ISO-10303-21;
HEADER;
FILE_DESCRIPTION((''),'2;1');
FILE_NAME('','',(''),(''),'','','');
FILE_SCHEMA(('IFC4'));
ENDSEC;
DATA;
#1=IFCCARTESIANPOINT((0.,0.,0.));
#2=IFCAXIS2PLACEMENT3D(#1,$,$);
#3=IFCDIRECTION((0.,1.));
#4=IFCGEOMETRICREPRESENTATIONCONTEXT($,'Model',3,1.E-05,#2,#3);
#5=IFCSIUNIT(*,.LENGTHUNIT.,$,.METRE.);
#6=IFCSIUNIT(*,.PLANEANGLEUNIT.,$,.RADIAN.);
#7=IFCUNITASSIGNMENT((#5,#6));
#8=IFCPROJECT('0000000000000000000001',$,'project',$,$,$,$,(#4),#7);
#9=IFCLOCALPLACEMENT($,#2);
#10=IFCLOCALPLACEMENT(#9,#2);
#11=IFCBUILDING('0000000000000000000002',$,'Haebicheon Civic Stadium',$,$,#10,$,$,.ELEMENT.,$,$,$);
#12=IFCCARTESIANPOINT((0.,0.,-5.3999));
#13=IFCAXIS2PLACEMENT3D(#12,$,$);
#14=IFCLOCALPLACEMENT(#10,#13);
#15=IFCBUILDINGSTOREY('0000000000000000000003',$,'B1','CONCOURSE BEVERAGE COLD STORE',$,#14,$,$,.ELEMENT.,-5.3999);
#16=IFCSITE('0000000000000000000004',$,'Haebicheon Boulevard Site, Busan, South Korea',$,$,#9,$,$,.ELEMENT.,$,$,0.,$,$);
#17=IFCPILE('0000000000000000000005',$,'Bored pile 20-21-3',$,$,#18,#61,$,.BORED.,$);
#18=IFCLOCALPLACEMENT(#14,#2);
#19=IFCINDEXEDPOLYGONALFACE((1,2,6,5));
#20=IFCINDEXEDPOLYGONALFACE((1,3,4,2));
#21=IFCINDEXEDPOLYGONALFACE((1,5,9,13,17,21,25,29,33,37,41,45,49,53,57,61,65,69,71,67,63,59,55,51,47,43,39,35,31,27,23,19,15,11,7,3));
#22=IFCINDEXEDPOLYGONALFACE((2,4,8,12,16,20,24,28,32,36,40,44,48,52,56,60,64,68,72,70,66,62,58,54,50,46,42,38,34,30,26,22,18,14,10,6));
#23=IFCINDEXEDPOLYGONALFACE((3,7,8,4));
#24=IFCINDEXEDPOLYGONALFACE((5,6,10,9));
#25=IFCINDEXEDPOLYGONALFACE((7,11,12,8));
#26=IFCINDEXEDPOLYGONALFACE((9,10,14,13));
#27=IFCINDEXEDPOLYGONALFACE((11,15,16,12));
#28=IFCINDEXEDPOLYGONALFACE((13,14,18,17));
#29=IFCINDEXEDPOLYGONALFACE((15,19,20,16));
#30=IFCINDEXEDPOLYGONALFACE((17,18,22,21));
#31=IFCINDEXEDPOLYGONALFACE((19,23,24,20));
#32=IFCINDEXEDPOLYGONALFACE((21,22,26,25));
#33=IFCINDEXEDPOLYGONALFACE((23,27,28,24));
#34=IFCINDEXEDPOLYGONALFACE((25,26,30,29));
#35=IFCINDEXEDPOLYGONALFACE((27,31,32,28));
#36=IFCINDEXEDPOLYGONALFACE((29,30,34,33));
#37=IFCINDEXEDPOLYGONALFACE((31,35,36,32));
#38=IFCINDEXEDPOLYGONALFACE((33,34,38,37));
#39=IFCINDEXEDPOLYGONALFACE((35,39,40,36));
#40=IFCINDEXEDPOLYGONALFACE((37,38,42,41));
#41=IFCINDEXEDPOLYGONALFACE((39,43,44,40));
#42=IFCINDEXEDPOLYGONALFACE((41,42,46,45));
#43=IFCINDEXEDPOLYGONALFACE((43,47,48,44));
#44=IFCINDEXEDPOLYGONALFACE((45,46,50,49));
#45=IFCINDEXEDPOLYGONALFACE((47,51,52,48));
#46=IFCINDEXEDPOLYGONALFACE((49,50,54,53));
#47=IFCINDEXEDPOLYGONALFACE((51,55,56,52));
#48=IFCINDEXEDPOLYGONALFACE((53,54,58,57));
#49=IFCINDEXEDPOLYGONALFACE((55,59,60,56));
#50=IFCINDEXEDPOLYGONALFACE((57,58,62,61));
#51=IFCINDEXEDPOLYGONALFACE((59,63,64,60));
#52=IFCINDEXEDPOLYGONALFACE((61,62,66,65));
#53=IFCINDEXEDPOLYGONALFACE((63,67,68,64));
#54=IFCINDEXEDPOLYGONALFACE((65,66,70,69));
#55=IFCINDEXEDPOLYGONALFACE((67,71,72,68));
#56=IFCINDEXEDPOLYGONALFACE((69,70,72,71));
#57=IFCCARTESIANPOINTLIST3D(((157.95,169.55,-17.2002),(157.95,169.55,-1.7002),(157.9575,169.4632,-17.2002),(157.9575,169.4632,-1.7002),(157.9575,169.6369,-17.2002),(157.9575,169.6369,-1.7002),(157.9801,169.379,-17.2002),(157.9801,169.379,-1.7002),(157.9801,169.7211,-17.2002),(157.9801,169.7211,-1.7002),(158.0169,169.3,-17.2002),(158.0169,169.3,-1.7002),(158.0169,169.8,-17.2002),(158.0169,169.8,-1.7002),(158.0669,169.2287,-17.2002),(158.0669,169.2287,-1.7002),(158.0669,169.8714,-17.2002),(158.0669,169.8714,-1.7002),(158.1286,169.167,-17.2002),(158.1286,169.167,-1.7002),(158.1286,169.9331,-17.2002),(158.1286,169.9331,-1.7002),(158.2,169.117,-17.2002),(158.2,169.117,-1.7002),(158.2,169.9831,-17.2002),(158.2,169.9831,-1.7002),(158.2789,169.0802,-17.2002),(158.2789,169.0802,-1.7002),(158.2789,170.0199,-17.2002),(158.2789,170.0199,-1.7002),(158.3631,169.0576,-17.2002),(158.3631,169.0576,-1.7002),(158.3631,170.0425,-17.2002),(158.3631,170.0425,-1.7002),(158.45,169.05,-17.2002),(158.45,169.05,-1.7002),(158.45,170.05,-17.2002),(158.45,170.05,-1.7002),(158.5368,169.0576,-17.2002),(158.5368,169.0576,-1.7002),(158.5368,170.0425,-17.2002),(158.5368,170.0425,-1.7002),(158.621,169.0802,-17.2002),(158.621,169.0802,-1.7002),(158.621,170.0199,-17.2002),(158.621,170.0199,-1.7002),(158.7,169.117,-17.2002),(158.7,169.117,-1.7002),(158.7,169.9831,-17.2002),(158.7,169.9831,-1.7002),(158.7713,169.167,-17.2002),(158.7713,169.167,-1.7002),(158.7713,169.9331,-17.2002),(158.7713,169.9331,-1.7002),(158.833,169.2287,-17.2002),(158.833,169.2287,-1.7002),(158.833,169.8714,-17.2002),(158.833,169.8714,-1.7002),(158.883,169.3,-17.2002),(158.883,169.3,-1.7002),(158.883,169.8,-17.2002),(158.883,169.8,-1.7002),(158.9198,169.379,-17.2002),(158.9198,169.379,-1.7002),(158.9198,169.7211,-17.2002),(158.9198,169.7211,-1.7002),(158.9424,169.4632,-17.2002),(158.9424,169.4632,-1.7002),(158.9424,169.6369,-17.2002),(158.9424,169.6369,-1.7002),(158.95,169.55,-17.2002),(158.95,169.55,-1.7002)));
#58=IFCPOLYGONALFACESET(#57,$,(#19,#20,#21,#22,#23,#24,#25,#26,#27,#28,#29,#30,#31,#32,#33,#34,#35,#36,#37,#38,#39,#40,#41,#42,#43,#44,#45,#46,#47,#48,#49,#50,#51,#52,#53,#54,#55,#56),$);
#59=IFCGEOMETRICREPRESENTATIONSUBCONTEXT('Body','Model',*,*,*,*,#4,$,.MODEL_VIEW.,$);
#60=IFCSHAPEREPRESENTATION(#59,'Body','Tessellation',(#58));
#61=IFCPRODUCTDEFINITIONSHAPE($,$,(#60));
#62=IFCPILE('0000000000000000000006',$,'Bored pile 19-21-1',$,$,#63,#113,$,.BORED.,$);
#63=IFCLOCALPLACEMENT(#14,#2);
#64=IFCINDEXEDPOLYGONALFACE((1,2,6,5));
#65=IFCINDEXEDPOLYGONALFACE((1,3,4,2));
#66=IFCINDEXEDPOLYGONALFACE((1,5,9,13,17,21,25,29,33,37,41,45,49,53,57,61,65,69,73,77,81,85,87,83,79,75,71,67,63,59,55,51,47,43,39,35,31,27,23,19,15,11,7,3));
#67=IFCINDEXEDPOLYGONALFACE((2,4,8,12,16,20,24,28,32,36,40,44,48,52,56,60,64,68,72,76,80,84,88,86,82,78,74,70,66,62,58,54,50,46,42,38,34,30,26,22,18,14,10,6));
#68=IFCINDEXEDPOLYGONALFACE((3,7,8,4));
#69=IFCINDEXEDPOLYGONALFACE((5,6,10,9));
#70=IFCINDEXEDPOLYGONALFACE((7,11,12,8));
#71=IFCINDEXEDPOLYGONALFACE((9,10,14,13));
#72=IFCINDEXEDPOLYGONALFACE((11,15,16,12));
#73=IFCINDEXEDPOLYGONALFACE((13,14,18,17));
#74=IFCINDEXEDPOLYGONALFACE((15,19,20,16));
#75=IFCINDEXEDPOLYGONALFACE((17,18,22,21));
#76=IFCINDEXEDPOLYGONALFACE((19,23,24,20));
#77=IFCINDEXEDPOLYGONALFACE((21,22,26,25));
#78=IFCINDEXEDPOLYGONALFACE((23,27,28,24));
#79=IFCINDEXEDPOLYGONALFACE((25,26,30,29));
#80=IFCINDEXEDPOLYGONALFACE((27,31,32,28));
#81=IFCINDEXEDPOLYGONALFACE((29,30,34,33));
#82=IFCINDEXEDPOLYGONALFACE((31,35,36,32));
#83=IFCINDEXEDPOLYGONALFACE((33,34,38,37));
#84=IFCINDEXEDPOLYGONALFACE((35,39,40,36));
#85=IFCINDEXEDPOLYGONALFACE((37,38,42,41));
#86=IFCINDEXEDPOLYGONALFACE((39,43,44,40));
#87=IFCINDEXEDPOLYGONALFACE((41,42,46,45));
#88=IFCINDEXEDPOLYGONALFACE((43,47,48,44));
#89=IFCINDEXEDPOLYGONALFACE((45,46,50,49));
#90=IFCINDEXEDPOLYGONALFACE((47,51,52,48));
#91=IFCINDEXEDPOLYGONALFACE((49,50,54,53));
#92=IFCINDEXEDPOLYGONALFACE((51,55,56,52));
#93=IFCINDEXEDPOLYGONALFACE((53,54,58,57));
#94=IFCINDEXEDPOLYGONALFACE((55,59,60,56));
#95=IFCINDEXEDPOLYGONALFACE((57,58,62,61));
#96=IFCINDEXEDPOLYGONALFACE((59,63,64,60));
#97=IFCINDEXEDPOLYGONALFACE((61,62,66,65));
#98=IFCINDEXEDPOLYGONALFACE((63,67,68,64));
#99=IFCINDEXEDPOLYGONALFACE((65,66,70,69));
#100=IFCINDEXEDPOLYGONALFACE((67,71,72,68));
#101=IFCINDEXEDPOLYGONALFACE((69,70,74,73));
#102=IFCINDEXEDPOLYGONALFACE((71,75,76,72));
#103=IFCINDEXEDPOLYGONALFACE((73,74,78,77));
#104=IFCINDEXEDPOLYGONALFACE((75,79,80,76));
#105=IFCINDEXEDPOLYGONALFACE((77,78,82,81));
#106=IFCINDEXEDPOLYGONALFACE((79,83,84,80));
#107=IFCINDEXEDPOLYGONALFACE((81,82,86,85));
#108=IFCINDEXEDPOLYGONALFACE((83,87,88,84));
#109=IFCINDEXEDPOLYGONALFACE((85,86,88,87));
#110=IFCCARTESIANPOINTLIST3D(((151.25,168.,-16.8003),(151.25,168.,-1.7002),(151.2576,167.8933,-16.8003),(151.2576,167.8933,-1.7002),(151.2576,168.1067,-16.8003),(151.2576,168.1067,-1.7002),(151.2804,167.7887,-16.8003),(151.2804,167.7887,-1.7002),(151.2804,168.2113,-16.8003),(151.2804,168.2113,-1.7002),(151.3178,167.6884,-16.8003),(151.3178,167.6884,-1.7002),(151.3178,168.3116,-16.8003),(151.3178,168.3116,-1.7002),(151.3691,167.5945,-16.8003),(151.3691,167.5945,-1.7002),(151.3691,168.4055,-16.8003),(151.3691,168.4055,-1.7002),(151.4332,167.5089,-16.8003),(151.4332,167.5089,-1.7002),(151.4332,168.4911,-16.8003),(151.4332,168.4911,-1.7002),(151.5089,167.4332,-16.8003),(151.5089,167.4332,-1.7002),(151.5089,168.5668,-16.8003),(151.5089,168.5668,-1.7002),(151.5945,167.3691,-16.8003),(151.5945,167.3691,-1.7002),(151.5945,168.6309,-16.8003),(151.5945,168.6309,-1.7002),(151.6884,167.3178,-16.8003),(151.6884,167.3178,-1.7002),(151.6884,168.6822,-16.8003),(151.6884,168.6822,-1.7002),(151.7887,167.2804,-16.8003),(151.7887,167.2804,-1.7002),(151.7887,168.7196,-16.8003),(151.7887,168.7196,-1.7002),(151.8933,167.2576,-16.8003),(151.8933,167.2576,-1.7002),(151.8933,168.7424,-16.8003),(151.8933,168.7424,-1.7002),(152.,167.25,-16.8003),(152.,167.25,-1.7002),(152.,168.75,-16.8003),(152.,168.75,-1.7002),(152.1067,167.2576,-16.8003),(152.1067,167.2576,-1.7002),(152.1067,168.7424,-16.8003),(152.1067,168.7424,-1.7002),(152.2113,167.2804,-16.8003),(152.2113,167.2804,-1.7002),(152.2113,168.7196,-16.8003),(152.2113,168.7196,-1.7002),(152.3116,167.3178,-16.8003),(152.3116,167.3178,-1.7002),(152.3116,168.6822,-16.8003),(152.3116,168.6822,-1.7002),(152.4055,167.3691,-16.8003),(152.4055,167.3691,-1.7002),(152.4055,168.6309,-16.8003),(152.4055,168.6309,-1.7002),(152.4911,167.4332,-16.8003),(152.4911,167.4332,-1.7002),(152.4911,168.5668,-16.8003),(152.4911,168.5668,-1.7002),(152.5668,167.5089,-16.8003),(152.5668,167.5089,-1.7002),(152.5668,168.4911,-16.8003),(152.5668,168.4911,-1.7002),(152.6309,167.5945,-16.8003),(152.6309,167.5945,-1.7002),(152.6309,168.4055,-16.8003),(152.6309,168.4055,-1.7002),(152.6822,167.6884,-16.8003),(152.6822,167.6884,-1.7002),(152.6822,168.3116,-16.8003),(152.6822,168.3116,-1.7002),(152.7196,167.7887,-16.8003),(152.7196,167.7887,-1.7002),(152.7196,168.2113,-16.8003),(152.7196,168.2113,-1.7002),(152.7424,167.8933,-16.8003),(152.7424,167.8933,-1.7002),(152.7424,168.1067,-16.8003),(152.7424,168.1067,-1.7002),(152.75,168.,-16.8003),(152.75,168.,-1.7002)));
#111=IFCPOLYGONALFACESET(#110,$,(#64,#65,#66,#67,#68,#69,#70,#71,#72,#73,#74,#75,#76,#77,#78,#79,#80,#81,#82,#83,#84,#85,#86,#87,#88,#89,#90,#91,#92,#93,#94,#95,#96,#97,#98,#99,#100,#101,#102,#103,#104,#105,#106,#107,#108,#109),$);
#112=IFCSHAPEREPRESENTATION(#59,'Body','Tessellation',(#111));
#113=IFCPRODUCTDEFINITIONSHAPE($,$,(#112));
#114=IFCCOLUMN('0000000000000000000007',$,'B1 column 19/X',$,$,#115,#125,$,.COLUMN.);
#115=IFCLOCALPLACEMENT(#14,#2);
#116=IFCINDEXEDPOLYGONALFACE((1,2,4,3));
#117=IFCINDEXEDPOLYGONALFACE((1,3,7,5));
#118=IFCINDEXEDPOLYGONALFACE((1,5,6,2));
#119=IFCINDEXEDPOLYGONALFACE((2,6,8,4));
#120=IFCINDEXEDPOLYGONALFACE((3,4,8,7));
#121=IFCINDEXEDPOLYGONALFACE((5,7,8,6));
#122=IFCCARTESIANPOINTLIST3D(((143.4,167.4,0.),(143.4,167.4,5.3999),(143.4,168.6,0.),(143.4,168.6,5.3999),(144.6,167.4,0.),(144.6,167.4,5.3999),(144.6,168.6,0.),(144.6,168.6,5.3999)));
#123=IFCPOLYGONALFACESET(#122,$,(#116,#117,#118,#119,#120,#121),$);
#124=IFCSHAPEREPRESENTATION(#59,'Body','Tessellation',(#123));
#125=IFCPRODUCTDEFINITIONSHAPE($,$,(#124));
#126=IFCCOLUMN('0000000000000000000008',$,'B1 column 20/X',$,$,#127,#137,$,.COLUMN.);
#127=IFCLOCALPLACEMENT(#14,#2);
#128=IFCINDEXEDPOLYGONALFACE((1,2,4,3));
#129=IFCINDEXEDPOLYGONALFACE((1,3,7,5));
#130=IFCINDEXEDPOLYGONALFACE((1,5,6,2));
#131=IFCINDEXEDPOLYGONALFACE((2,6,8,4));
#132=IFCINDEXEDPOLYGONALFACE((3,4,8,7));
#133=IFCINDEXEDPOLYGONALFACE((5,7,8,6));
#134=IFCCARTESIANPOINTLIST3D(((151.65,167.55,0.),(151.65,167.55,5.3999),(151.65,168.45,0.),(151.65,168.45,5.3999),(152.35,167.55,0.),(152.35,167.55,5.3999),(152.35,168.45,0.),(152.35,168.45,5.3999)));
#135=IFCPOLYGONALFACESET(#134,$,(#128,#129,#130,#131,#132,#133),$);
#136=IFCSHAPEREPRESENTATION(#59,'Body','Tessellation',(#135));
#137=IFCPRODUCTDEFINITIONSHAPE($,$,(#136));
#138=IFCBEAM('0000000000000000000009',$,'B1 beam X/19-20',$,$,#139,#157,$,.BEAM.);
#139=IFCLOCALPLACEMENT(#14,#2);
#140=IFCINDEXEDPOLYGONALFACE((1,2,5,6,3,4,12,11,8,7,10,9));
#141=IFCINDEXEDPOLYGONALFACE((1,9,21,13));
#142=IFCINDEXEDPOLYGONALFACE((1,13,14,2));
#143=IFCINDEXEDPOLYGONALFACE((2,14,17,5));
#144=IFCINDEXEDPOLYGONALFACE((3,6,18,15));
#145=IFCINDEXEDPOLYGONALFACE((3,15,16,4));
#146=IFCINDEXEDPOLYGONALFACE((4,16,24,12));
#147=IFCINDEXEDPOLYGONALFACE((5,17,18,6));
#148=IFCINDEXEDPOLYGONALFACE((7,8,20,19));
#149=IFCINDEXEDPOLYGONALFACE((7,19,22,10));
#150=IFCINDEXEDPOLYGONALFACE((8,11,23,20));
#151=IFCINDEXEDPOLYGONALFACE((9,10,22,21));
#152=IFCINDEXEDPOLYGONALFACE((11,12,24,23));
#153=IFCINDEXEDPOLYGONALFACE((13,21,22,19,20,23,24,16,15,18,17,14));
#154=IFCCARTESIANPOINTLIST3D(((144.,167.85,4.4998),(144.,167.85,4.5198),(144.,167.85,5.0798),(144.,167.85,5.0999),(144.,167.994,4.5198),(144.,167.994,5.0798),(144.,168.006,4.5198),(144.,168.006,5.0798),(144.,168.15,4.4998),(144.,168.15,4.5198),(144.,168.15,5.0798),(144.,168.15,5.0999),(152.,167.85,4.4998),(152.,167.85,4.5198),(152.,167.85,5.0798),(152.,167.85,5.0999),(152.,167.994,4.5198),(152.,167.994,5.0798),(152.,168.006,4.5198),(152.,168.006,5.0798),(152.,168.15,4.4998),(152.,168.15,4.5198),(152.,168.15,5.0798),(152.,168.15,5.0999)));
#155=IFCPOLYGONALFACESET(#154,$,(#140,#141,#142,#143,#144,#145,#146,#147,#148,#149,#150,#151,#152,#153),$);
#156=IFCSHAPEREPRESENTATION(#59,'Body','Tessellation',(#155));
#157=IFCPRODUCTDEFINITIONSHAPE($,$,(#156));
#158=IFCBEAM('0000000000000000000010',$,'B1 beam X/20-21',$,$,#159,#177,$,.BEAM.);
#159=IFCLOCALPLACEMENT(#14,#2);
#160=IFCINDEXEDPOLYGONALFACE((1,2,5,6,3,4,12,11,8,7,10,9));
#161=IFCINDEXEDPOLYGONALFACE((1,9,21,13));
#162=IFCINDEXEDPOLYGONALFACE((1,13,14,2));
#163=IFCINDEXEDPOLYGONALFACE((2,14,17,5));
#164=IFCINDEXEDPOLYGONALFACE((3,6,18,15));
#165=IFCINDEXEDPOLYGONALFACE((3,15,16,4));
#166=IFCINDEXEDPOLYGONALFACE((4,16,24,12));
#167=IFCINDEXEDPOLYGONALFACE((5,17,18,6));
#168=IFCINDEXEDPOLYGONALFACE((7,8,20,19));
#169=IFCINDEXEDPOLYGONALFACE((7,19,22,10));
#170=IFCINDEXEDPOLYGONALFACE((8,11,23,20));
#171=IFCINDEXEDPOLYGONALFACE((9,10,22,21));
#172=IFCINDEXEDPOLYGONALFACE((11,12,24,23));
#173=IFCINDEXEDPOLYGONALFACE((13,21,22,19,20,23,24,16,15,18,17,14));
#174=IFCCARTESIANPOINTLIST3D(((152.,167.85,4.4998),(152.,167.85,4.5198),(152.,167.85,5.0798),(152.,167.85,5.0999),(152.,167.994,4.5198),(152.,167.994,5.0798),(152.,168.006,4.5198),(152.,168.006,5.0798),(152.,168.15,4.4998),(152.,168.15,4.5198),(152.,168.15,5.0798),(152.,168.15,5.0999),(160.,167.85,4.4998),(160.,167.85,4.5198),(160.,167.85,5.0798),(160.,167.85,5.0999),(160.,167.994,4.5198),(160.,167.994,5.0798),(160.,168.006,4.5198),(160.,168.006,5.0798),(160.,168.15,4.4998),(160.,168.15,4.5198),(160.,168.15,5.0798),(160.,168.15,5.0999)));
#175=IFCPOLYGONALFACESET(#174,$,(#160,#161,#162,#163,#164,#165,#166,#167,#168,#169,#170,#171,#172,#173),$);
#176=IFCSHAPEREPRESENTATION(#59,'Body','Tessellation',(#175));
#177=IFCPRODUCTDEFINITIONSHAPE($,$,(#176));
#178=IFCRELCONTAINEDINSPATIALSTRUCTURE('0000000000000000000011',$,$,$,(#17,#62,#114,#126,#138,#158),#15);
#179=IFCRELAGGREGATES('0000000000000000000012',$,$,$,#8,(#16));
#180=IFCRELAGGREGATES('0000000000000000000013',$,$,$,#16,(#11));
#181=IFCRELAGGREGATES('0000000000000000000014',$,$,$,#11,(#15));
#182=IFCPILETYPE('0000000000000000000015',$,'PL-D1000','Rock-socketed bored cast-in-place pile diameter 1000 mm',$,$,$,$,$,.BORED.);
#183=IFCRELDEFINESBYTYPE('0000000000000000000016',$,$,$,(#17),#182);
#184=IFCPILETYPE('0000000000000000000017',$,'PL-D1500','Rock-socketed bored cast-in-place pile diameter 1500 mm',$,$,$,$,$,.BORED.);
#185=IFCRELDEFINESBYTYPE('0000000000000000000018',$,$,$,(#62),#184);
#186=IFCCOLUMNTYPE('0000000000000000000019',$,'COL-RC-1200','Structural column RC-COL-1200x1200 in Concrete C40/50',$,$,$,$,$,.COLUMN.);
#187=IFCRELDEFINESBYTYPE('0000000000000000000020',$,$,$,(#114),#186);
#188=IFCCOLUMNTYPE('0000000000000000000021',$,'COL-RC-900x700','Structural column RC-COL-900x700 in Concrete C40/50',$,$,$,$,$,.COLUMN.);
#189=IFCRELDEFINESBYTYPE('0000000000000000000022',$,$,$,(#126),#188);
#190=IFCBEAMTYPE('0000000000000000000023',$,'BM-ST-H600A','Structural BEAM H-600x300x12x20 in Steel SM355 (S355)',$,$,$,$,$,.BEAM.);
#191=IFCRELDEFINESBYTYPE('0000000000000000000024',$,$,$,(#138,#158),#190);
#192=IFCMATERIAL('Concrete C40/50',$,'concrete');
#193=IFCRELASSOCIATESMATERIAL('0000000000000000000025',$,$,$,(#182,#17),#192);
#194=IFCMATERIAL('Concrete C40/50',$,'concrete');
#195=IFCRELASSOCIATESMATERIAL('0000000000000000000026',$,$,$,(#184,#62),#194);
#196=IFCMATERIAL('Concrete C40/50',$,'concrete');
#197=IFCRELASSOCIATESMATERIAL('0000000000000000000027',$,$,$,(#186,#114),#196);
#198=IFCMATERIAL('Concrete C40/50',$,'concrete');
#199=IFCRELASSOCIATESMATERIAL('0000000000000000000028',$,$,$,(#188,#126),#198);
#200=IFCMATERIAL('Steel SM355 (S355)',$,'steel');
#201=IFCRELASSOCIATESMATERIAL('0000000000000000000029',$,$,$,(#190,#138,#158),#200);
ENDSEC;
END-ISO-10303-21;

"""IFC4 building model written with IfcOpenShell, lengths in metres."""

from ifc_helpers import new_model, si_unit, direction, frame, origin, origin_2d, place, context, subcontext, project, spatial, rectangle, circle, i_section, extrude, material, material_profile, profile_set, type_object, element, save


model = new_model("IFC4")

# Units and contexts
model_context = context("Model", 3, precision=1e-05, world=origin(), true_north=direction((0.0, 1.0)))
body_context = subcontext(model_context, "Body", "Model", "MODEL_VIEW")
ifc_project = project(units=[si_unit("LENGTHUNIT", "METRE"), si_unit("PLANEANGLEUNIT", "RADIAN")], contexts=[model_context])

# Site, building, storey
site_placement = place(None, origin())
site = spatial("IfcSite", under=ifc_project, at=site_placement, Name="Haebicheon Boulevard Site, Busan, South Korea", CompositionType="ELEMENT", RefElevation=0.0)
building_placement = place(site_placement, origin())
building = spatial("IfcBuilding", under=site, at=building_placement, Name="Haebicheon Civic Stadium", CompositionType="ELEMENT")
storey_placement = place(building_placement, frame((0.0, 0.0, -5.3999)))
storey = spatial("IfcBuildingStorey", under=building, at=storey_placement, Name="B1", Description="CONCOURSE BEVERAGE COLD STORE", CompositionType="ELEMENT", Elevation=-5.3999)

# Piles
ifc_material_1 = material(Name="Concrete C40/50", Category="concrete")
ifc_material_profile_1 = material_profile(ifc_material_1, circle(Radius=0.5, at=origin_2d()), Name="PILE-D1000")
ifc_profile_set_1 = profile_set([ifc_material_profile_1], Name="Concrete C40/50")
pile_type_1 = type_object("IfcPileType", Name="PL-D1000", Description="Rock-socketed bored cast-in-place pile diameter 1000 mm", PredefinedType="BORED", material=ifc_profile_set_1)
for number, where, z_axis, x_axis, name in (
    (1, (158.45, 169.55, -1.7002), (0.0, 0.0, -1.0), (1.0, 0.0, 0.0), "Bored pile 20-21-3"),
):
    element("IfcPile", number, at=place(storey_placement, frame(where, z_axis=z_axis, x_axis=x_axis)), inside=storey, type_object=pile_type_1, material=ifc_profile_set_1, Name=name, PredefinedType="BORED", context=body_context, shape_type="SweptSolid", body=[
        extrude(circle(Radius=0.5, at=origin_2d()), origin(), (0.0, 0.0, 1.0), 15.5),
    ])
ifc_material_2 = material(Name="Concrete C40/50", Category="concrete")
ifc_material_profile_2 = material_profile(ifc_material_2, circle(Radius=0.75, at=origin_2d()), Name="PILE-D1500")
ifc_profile_set_2 = profile_set([ifc_material_profile_2], Name="Concrete C40/50")
pile_type_2 = type_object("IfcPileType", Name="PL-D1500", Description="Rock-socketed bored cast-in-place pile diameter 1500 mm", PredefinedType="BORED", material=ifc_profile_set_2)
pile_1_placement = place(storey_placement, frame((152.0, 168.0, -1.7002), z_axis=(0.0, 0.0, -1.0), x_axis=(1.0, 0.0, 0.0)))
element("IfcPile", 2, at=pile_1_placement, inside=storey, type_object=pile_type_2, material=ifc_profile_set_2, Name="Bored pile 19-21-1", PredefinedType="BORED", context=body_context, shape_type="SweptSolid", body=[
    extrude(circle(Radius=0.75, at=origin_2d()), origin(), (0.0, 0.0, 1.0), 15.1001),
])

# Columns
ifc_material_3 = material(Name="Concrete C40/50", Category="concrete")
ifc_material_profile_3 = material_profile(ifc_material_3, rectangle(XDim=1.2, YDim=1.2, at=origin_2d()), Name="RC-COL-1200x1200")
ifc_profile_set_3 = profile_set([ifc_material_profile_3], Name="Concrete C40/50")
column_type_1 = type_object("IfcColumnType", Name="COL-RC-1200", Description="Structural column RC-COL-1200x1200 in Concrete C40/50", PredefinedType="COLUMN", material=ifc_profile_set_3)
column_1_placement = place(storey_placement, frame((144.0, 168.0, 0.0), z_axis=(0.0, 0.0, 1.0), x_axis=(1.0, 0.0, 0.0)))
element("IfcColumn", 3, at=column_1_placement, inside=storey, type_object=column_type_1, material=ifc_profile_set_3, Name="B1 column 19/X", PredefinedType="COLUMN", context=body_context, shape_type="SweptSolid", body=[
    extrude(rectangle(XDim=1.2, YDim=1.2, at=origin_2d()), origin(), (0.0, 0.0, 1.0), 5.3999),
])
ifc_material_4 = material(Name="Concrete C40/50", Category="concrete")
ifc_material_profile_4 = material_profile(ifc_material_4, rectangle(XDim=0.7, YDim=0.8999, at=origin_2d()), Name="RC-COL-900x700")
ifc_profile_set_4 = profile_set([ifc_material_profile_4], Name="Concrete C40/50")
column_type_2 = type_object("IfcColumnType", Name="COL-RC-900x700", Description="Structural column RC-COL-900x700 in Concrete C40/50", PredefinedType="COLUMN", material=ifc_profile_set_4)
column_2_placement = place(storey_placement, frame((152.0, 168.0, 0.0), z_axis=(0.0, 0.0, 1.0), x_axis=(1.0, 0.0, 0.0)))
element("IfcColumn", 4, at=column_2_placement, inside=storey, type_object=column_type_2, material=ifc_profile_set_4, Name="B1 column 20/X", PredefinedType="COLUMN", context=body_context, shape_type="SweptSolid", body=[
    extrude(rectangle(XDim=0.7, YDim=0.8999, at=origin_2d()), origin(), (0.0, 0.0, 1.0), 5.3999),
])

# Beams
ifc_material_5 = material(Name="Steel SM355 (S355)", Category="steel")
ifc_material_profile_5 = material_profile(ifc_material_5, i_section(OverallWidth=0.3, OverallDepth=0.6001, WebThickness=0.012, FlangeThickness=0.02, at=origin_2d()), Name="H-600x300x12x20")
ifc_profile_set_5 = profile_set([ifc_material_profile_5], Name="Steel SM355 (S355)")
beam_type_1 = type_object("IfcBeamType", Name="BM-ST-H600A", Description="Structural BEAM H-600x300x12x20 in Steel SM355 (S355)", PredefinedType="BEAM", material=ifc_profile_set_5)
for number, where, z_axis, x_axis, name in (
    (5, (144.0, 168.0, 4.7998), (1.0, 0.0, 0.0), (0.0, 1.0, 0.0), "B1 beam X/19-20"),
    (6, (152.0, 168.0, 4.7998), (1.0, 0.0, 0.0), (0.0, 1.0, 0.0), "B1 beam X/20-21"),
):
    element("IfcBeam", number, at=place(storey_placement, frame(where, z_axis=z_axis, x_axis=x_axis)), inside=storey, type_object=beam_type_1, material=ifc_profile_set_5, Name=name, PredefinedType="BEAM", context=body_context, shape_type="SweptSolid", body=[
        extrude(i_section(OverallWidth=0.3, OverallDepth=0.6001, WebThickness=0.012, FlangeThickness=0.02, at=origin_2d()), origin(), (0.0, 0.0, 1.0), 8.0),
    ])

save(model, "model.ifc")
